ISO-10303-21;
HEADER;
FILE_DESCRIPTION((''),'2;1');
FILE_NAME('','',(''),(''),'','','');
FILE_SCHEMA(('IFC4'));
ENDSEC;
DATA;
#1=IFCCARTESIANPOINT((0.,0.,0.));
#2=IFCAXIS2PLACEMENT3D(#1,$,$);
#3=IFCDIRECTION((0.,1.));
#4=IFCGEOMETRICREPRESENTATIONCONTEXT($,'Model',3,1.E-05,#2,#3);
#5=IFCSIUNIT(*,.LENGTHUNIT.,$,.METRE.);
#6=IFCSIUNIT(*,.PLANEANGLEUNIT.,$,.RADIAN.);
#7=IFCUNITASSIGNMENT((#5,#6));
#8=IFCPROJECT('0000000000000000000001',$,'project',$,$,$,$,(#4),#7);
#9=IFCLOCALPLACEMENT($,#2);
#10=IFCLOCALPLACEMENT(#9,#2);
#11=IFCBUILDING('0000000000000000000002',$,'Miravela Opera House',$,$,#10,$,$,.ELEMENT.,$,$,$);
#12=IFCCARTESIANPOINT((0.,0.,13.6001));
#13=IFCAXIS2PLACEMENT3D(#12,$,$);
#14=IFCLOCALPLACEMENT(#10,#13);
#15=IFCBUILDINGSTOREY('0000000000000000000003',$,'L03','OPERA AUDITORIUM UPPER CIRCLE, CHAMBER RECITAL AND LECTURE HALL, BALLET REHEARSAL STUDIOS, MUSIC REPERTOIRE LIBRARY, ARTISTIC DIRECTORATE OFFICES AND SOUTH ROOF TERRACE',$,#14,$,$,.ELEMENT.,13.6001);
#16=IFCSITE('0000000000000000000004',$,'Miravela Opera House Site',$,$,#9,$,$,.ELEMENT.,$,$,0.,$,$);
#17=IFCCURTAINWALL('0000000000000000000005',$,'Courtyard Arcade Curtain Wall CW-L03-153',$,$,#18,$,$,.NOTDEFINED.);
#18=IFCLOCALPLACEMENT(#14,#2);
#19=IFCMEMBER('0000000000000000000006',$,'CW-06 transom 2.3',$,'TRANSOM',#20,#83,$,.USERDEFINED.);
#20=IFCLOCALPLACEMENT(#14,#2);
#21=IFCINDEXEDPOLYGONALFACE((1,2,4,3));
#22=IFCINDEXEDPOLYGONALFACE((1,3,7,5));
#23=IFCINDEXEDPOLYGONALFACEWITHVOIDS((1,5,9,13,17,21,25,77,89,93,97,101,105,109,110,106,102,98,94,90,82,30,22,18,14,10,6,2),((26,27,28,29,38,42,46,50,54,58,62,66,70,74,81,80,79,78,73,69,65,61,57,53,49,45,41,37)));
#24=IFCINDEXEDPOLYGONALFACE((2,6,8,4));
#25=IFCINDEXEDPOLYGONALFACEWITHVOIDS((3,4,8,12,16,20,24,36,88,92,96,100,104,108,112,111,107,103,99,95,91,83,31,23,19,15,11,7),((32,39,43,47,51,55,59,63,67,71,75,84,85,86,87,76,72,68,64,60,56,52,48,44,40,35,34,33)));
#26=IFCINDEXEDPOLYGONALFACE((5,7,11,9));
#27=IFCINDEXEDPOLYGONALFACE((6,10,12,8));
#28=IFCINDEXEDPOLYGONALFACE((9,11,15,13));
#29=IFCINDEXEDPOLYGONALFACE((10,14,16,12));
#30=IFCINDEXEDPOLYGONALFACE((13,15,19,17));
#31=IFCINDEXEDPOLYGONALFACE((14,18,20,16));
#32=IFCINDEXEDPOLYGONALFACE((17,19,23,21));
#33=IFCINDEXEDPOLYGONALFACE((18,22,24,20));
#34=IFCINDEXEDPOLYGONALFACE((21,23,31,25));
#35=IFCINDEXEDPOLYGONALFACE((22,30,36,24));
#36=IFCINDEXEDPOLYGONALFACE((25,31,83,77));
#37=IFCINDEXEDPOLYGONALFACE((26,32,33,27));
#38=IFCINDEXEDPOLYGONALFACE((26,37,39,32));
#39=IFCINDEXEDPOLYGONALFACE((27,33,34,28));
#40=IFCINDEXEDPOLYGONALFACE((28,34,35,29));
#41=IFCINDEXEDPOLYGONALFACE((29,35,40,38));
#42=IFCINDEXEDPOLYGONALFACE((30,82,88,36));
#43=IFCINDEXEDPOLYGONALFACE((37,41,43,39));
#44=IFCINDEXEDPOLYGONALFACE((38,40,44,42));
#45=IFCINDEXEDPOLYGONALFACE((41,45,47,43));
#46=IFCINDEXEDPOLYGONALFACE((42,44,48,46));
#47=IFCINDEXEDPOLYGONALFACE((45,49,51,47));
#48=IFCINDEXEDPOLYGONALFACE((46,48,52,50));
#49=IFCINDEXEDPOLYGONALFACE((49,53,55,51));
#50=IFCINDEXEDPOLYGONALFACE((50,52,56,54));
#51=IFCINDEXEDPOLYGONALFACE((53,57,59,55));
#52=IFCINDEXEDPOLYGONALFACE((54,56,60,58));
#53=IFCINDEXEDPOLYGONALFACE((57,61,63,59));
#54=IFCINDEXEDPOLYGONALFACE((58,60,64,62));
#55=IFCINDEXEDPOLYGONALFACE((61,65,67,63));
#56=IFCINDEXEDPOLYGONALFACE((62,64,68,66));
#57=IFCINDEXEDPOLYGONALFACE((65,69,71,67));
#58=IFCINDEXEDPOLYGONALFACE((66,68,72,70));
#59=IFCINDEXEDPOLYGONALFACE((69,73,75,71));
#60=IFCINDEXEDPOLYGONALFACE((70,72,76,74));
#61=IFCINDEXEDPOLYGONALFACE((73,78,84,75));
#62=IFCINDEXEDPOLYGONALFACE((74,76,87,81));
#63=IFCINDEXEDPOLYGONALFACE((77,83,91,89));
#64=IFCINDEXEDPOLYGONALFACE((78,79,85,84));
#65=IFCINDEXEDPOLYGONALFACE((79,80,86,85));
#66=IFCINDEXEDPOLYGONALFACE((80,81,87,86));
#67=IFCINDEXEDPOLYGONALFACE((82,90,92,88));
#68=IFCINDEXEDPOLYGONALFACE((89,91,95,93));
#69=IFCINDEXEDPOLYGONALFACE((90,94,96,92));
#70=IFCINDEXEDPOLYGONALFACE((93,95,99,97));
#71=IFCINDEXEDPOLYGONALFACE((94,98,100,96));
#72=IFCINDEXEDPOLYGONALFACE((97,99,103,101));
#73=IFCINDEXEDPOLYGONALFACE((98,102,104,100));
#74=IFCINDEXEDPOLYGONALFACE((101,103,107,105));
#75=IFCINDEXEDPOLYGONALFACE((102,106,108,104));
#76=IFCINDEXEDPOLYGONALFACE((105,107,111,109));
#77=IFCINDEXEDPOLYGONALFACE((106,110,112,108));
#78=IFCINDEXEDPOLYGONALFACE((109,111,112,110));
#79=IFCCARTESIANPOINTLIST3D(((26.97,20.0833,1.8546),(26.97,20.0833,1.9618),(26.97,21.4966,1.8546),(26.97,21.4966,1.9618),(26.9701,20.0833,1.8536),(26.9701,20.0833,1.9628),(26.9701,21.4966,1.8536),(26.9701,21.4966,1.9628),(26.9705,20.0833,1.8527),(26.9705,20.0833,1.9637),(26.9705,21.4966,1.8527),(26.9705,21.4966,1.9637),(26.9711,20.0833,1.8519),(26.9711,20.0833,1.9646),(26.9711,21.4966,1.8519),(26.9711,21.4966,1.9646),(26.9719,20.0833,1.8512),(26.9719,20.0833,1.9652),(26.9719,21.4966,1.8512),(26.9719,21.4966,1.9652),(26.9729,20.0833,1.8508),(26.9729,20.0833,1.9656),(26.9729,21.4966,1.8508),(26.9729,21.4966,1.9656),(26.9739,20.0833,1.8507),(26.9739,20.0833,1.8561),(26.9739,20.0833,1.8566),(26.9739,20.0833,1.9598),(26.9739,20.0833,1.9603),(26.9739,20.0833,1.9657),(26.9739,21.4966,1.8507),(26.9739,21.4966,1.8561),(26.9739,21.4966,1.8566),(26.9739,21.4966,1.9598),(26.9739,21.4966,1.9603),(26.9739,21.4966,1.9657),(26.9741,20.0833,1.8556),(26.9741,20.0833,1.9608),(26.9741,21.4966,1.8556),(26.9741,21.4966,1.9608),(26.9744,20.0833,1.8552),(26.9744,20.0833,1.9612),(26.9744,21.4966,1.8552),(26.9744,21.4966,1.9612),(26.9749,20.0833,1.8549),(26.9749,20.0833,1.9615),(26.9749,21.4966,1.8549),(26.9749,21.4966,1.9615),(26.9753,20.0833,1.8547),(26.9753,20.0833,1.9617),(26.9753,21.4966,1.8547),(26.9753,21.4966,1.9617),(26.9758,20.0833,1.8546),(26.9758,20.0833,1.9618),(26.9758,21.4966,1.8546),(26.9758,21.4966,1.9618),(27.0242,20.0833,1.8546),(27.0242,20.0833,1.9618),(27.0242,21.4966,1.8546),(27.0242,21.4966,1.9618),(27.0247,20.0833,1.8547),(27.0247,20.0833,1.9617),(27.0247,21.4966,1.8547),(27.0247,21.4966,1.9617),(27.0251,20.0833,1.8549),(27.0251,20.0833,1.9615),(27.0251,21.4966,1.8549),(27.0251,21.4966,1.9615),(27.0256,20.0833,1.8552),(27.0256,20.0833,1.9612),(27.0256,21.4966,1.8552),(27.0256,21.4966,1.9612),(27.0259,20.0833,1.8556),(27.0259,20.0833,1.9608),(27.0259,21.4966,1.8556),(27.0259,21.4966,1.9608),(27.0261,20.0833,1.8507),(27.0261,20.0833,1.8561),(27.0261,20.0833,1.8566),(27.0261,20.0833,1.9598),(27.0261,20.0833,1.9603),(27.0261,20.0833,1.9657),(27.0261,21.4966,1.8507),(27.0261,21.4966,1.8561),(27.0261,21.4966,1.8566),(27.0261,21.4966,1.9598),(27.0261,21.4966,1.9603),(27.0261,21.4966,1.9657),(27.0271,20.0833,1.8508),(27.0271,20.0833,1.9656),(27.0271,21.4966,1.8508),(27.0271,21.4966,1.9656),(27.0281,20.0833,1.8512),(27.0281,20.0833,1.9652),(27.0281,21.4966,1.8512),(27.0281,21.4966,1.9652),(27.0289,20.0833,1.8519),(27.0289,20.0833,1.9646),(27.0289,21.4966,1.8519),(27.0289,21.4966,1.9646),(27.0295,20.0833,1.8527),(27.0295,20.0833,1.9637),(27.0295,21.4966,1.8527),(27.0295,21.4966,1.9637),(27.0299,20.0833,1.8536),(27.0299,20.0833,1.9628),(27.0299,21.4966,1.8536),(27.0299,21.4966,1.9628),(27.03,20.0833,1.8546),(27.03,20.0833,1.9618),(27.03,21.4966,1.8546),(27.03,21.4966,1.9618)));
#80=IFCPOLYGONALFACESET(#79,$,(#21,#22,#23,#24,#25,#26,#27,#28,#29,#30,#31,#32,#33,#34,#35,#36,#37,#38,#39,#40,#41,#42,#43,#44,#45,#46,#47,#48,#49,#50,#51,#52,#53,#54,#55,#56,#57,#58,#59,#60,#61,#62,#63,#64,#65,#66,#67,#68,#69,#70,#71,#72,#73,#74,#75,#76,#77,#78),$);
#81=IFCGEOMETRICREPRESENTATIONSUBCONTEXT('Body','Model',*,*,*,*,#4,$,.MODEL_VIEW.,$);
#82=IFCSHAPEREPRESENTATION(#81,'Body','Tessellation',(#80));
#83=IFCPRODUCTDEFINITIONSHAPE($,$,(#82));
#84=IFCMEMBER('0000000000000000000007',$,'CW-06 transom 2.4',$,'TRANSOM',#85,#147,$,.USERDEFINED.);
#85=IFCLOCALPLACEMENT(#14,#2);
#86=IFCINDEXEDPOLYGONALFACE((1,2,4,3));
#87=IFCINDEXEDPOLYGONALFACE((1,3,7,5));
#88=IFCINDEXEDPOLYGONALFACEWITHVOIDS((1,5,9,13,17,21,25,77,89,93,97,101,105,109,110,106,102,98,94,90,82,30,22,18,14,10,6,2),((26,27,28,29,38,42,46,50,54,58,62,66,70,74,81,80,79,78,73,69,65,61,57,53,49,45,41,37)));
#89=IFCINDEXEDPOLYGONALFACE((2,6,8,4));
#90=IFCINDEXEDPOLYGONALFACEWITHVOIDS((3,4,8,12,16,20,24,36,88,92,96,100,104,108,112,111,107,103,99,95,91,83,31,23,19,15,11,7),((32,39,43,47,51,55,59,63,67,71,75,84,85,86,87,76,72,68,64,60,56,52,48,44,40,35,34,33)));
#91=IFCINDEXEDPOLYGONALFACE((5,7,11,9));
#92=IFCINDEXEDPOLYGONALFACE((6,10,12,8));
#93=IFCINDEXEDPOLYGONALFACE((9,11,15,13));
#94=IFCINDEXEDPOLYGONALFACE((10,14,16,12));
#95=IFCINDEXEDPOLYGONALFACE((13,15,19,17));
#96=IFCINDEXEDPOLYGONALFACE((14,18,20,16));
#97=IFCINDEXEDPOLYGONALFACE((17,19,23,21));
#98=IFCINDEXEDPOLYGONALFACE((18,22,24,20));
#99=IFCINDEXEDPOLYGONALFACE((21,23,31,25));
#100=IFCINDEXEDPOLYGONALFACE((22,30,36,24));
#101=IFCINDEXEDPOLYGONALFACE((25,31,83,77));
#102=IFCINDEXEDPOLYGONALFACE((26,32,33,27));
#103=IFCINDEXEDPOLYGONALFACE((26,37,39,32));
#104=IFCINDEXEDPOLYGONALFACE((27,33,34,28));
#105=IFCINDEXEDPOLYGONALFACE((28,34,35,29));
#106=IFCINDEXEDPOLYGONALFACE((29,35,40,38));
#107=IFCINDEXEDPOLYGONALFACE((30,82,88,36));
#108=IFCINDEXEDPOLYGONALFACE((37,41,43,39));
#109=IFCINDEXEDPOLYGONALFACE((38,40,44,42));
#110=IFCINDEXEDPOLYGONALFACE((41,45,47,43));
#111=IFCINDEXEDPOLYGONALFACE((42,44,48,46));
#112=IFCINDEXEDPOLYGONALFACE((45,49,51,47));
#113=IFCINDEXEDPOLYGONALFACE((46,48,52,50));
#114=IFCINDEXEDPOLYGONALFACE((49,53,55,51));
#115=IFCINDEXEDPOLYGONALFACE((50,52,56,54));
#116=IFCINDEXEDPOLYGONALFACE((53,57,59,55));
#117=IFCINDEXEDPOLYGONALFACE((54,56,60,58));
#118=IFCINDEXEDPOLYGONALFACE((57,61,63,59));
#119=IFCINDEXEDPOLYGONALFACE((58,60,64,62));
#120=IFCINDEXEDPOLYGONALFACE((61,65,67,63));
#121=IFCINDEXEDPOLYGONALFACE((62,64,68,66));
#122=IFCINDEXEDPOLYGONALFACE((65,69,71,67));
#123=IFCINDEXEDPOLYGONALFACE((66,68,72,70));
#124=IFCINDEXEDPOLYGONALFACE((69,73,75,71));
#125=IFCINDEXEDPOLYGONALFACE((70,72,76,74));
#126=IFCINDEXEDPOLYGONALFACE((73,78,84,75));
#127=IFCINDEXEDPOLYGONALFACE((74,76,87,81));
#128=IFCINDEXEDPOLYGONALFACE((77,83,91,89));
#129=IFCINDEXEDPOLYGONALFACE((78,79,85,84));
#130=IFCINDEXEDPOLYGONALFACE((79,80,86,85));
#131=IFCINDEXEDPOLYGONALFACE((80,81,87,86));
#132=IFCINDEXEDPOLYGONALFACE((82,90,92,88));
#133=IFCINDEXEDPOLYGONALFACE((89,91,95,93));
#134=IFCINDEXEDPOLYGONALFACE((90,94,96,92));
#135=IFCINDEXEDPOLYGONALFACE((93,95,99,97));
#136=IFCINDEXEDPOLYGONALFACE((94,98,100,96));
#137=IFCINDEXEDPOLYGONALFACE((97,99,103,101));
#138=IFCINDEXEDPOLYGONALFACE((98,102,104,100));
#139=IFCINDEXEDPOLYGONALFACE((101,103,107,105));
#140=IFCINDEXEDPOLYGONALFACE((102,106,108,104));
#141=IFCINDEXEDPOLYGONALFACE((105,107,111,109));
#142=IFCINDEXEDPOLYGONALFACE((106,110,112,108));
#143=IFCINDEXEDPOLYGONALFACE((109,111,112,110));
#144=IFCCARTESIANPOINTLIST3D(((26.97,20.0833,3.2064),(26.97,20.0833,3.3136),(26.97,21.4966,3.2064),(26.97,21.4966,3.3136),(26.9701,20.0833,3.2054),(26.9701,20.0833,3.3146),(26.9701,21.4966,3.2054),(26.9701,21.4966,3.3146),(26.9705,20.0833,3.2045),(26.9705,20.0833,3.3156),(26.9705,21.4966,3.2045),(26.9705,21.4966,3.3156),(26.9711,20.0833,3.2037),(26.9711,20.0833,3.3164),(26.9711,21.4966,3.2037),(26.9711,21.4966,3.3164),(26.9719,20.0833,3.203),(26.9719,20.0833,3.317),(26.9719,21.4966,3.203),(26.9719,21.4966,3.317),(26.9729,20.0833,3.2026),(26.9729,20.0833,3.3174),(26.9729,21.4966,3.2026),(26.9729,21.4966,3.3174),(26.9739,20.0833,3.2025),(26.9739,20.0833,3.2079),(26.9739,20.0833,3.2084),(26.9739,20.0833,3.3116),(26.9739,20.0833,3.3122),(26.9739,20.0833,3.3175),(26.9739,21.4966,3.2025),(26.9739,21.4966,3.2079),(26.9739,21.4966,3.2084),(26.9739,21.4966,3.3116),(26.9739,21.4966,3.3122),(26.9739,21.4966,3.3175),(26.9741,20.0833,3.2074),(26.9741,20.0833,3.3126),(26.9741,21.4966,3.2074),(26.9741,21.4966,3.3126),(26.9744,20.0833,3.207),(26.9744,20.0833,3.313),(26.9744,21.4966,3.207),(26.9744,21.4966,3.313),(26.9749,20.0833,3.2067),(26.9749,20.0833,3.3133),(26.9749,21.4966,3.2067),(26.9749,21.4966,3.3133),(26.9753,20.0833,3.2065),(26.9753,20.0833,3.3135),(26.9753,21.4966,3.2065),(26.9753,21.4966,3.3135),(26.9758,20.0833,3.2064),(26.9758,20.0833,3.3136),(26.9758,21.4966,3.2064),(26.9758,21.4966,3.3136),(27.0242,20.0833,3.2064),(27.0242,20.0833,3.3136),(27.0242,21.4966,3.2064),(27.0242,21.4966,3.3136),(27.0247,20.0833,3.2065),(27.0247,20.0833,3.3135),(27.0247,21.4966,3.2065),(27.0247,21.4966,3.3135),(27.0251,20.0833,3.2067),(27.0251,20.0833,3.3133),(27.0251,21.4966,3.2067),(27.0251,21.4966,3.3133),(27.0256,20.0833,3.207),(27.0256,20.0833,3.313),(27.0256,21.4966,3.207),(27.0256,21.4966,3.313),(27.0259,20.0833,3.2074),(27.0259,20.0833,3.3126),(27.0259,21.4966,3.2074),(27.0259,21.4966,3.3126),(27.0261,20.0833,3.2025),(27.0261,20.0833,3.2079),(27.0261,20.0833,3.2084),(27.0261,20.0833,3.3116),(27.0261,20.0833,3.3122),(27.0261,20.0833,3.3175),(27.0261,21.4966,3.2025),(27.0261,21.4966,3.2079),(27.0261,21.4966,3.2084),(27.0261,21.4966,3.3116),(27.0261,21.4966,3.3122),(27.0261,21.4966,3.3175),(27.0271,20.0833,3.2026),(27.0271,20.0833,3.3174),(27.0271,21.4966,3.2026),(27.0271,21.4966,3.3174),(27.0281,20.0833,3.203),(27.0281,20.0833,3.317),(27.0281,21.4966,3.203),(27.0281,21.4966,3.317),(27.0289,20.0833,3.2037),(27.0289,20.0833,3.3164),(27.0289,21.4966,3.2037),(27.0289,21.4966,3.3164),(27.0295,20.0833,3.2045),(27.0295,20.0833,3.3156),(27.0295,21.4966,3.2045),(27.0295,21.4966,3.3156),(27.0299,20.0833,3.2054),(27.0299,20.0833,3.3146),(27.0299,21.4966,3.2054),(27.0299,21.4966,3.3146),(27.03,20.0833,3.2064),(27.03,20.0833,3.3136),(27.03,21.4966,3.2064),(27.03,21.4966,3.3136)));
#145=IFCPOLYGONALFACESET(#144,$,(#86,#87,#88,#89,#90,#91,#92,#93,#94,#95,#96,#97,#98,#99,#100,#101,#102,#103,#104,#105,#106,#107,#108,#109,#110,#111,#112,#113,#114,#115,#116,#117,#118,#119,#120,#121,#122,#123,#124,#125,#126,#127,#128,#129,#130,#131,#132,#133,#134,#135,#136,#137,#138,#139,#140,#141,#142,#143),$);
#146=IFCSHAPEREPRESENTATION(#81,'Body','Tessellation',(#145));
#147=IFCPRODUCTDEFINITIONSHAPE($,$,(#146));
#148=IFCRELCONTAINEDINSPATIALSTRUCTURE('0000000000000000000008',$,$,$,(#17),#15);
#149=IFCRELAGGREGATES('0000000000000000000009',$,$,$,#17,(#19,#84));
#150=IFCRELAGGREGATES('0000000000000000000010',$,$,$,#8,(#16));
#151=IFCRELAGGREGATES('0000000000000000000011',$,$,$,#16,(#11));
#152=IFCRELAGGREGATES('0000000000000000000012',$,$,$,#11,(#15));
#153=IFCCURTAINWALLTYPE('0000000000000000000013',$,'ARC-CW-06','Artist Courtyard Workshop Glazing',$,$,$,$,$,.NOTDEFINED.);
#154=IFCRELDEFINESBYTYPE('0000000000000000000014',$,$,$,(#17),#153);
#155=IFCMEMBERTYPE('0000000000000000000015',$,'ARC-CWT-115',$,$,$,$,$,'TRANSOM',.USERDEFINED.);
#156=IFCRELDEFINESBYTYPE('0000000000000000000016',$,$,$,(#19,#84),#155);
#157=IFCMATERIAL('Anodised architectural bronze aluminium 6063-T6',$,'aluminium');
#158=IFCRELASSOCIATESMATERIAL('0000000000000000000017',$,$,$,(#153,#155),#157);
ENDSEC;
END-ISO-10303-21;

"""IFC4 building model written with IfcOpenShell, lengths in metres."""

from ifc_helpers import new_model, si_unit, direction, frame, origin, origin_2d, place, context, subcontext, project, spatial, hollow_rectangle, extrude, material, material_profile, profile_set, type_object, element, aggregate, save


model = new_model("IFC4")

# Units and contexts
model_context = context("Model", 3, precision=1e-05, world=origin(), true_north=direction((0.0, 1.0)))
body_context = subcontext(model_context, "Body", "Model", "MODEL_VIEW")
ifc_project = project(units=[si_unit("LENGTHUNIT", "METRE"), si_unit("PLANEANGLEUNIT", "RADIAN")], contexts=[model_context])

# Site, building, storey
site_placement = place(None, origin())
site = spatial("IfcSite", under=ifc_project, at=site_placement, Name="Miravela Opera House Site", CompositionType="ELEMENT", RefElevation=0.0)
building_placement = place(site_placement, origin())
building = spatial("IfcBuilding", under=site, at=building_placement, Name="Miravela Opera House", CompositionType="ELEMENT")
storey_placement = place(building_placement, frame((0.0, 0.0, 13.6001)))
storey = spatial("IfcBuildingStorey", under=building, at=storey_placement, Name="L03", Description="OPERA AUDITORIUM UPPER CIRCLE, CHAMBER RECITAL AND LECTURE HALL, BALLET REHEARSAL STUDIOS, MUSIC REPERTOIRE LIBRARY, ARTISTIC DIRECTORATE OFFICES AND SOUTH ROOF TERRACE", CompositionType="ELEMENT", Elevation=13.6001)

# Curtain wall, members
ifc_material_1 = material(Name="Anodised architectural bronze aluminium 6063-T6", Category="aluminium")
curtain_wall_type = type_object("IfcCurtainWallType", Name="ARC-CW-06", Description="Artist Courtyard Workshop Glazing", PredefinedType="NOTDEFINED", material=ifc_material_1)
curtain_wall_placement = place(storey_placement, origin())
curtain_wall = element("IfcCurtainWall", 1, at=curtain_wall_placement, inside=storey, type_object=curtain_wall_type, Name="Courtyard Arcade Curtain Wall CW-L03-153", PredefinedType="NOTDEFINED")
ifc_material_profile_1 = material_profile(ifc_material_1, hollow_rectangle(XDim=0.0601, YDim=0.115, WallThickness=0.0039, InnerFilletRadius=0.002, OuterFilletRadius=0.0039, at=origin_2d()), Name="CWT-60X115")
ifc_profile_set_1 = profile_set([ifc_material_profile_1])
member_type_1 = type_object("IfcMemberType", Name="ARC-CWT-115", ElementType="TRANSOM", PredefinedType="USERDEFINED", material=ifc_profile_set_1)
member_1_placement = place(storey_placement, frame((27.0, 20.0833, 1.9082), z_axis=(0.0, 1.0, 0.0), x_axis=(-1.0, 0.0, 0.0)))
member_1 = element("IfcMember", 2, at=member_1_placement, type_object=member_type_1, Name="CW-06 transom 2.3", ObjectType="TRANSOM", PredefinedType="USERDEFINED", context=body_context, shape_type="SweptSolid", body=[
    extrude(hollow_rectangle(XDim=0.0601, YDim=0.115, WallThickness=0.0039, InnerFilletRadius=0.002, OuterFilletRadius=0.0039, at=origin_2d()), origin(), (0.0, 0.0, 1.0), 1.4133),
])
member_2_placement = place(storey_placement, frame((27.0, 20.0833, 3.26), z_axis=(0.0, 1.0, 0.0), x_axis=(-1.0, 0.0, 0.0)))
member_2 = element("IfcMember", 3, at=member_2_placement, type_object=member_type_1, Name="CW-06 transom 2.4", ObjectType="TRANSOM", PredefinedType="USERDEFINED", context=body_context, shape_type="SweptSolid", body=[
    extrude(hollow_rectangle(XDim=0.0601, YDim=0.115, WallThickness=0.0039, InnerFilletRadius=0.002, OuterFilletRadius=0.0039, at=origin_2d()), origin(), (0.0, 0.0, 1.0), 1.4133),
])
aggregate(curtain_wall, [member_1, member_2])

save(model, "model.ifc")
